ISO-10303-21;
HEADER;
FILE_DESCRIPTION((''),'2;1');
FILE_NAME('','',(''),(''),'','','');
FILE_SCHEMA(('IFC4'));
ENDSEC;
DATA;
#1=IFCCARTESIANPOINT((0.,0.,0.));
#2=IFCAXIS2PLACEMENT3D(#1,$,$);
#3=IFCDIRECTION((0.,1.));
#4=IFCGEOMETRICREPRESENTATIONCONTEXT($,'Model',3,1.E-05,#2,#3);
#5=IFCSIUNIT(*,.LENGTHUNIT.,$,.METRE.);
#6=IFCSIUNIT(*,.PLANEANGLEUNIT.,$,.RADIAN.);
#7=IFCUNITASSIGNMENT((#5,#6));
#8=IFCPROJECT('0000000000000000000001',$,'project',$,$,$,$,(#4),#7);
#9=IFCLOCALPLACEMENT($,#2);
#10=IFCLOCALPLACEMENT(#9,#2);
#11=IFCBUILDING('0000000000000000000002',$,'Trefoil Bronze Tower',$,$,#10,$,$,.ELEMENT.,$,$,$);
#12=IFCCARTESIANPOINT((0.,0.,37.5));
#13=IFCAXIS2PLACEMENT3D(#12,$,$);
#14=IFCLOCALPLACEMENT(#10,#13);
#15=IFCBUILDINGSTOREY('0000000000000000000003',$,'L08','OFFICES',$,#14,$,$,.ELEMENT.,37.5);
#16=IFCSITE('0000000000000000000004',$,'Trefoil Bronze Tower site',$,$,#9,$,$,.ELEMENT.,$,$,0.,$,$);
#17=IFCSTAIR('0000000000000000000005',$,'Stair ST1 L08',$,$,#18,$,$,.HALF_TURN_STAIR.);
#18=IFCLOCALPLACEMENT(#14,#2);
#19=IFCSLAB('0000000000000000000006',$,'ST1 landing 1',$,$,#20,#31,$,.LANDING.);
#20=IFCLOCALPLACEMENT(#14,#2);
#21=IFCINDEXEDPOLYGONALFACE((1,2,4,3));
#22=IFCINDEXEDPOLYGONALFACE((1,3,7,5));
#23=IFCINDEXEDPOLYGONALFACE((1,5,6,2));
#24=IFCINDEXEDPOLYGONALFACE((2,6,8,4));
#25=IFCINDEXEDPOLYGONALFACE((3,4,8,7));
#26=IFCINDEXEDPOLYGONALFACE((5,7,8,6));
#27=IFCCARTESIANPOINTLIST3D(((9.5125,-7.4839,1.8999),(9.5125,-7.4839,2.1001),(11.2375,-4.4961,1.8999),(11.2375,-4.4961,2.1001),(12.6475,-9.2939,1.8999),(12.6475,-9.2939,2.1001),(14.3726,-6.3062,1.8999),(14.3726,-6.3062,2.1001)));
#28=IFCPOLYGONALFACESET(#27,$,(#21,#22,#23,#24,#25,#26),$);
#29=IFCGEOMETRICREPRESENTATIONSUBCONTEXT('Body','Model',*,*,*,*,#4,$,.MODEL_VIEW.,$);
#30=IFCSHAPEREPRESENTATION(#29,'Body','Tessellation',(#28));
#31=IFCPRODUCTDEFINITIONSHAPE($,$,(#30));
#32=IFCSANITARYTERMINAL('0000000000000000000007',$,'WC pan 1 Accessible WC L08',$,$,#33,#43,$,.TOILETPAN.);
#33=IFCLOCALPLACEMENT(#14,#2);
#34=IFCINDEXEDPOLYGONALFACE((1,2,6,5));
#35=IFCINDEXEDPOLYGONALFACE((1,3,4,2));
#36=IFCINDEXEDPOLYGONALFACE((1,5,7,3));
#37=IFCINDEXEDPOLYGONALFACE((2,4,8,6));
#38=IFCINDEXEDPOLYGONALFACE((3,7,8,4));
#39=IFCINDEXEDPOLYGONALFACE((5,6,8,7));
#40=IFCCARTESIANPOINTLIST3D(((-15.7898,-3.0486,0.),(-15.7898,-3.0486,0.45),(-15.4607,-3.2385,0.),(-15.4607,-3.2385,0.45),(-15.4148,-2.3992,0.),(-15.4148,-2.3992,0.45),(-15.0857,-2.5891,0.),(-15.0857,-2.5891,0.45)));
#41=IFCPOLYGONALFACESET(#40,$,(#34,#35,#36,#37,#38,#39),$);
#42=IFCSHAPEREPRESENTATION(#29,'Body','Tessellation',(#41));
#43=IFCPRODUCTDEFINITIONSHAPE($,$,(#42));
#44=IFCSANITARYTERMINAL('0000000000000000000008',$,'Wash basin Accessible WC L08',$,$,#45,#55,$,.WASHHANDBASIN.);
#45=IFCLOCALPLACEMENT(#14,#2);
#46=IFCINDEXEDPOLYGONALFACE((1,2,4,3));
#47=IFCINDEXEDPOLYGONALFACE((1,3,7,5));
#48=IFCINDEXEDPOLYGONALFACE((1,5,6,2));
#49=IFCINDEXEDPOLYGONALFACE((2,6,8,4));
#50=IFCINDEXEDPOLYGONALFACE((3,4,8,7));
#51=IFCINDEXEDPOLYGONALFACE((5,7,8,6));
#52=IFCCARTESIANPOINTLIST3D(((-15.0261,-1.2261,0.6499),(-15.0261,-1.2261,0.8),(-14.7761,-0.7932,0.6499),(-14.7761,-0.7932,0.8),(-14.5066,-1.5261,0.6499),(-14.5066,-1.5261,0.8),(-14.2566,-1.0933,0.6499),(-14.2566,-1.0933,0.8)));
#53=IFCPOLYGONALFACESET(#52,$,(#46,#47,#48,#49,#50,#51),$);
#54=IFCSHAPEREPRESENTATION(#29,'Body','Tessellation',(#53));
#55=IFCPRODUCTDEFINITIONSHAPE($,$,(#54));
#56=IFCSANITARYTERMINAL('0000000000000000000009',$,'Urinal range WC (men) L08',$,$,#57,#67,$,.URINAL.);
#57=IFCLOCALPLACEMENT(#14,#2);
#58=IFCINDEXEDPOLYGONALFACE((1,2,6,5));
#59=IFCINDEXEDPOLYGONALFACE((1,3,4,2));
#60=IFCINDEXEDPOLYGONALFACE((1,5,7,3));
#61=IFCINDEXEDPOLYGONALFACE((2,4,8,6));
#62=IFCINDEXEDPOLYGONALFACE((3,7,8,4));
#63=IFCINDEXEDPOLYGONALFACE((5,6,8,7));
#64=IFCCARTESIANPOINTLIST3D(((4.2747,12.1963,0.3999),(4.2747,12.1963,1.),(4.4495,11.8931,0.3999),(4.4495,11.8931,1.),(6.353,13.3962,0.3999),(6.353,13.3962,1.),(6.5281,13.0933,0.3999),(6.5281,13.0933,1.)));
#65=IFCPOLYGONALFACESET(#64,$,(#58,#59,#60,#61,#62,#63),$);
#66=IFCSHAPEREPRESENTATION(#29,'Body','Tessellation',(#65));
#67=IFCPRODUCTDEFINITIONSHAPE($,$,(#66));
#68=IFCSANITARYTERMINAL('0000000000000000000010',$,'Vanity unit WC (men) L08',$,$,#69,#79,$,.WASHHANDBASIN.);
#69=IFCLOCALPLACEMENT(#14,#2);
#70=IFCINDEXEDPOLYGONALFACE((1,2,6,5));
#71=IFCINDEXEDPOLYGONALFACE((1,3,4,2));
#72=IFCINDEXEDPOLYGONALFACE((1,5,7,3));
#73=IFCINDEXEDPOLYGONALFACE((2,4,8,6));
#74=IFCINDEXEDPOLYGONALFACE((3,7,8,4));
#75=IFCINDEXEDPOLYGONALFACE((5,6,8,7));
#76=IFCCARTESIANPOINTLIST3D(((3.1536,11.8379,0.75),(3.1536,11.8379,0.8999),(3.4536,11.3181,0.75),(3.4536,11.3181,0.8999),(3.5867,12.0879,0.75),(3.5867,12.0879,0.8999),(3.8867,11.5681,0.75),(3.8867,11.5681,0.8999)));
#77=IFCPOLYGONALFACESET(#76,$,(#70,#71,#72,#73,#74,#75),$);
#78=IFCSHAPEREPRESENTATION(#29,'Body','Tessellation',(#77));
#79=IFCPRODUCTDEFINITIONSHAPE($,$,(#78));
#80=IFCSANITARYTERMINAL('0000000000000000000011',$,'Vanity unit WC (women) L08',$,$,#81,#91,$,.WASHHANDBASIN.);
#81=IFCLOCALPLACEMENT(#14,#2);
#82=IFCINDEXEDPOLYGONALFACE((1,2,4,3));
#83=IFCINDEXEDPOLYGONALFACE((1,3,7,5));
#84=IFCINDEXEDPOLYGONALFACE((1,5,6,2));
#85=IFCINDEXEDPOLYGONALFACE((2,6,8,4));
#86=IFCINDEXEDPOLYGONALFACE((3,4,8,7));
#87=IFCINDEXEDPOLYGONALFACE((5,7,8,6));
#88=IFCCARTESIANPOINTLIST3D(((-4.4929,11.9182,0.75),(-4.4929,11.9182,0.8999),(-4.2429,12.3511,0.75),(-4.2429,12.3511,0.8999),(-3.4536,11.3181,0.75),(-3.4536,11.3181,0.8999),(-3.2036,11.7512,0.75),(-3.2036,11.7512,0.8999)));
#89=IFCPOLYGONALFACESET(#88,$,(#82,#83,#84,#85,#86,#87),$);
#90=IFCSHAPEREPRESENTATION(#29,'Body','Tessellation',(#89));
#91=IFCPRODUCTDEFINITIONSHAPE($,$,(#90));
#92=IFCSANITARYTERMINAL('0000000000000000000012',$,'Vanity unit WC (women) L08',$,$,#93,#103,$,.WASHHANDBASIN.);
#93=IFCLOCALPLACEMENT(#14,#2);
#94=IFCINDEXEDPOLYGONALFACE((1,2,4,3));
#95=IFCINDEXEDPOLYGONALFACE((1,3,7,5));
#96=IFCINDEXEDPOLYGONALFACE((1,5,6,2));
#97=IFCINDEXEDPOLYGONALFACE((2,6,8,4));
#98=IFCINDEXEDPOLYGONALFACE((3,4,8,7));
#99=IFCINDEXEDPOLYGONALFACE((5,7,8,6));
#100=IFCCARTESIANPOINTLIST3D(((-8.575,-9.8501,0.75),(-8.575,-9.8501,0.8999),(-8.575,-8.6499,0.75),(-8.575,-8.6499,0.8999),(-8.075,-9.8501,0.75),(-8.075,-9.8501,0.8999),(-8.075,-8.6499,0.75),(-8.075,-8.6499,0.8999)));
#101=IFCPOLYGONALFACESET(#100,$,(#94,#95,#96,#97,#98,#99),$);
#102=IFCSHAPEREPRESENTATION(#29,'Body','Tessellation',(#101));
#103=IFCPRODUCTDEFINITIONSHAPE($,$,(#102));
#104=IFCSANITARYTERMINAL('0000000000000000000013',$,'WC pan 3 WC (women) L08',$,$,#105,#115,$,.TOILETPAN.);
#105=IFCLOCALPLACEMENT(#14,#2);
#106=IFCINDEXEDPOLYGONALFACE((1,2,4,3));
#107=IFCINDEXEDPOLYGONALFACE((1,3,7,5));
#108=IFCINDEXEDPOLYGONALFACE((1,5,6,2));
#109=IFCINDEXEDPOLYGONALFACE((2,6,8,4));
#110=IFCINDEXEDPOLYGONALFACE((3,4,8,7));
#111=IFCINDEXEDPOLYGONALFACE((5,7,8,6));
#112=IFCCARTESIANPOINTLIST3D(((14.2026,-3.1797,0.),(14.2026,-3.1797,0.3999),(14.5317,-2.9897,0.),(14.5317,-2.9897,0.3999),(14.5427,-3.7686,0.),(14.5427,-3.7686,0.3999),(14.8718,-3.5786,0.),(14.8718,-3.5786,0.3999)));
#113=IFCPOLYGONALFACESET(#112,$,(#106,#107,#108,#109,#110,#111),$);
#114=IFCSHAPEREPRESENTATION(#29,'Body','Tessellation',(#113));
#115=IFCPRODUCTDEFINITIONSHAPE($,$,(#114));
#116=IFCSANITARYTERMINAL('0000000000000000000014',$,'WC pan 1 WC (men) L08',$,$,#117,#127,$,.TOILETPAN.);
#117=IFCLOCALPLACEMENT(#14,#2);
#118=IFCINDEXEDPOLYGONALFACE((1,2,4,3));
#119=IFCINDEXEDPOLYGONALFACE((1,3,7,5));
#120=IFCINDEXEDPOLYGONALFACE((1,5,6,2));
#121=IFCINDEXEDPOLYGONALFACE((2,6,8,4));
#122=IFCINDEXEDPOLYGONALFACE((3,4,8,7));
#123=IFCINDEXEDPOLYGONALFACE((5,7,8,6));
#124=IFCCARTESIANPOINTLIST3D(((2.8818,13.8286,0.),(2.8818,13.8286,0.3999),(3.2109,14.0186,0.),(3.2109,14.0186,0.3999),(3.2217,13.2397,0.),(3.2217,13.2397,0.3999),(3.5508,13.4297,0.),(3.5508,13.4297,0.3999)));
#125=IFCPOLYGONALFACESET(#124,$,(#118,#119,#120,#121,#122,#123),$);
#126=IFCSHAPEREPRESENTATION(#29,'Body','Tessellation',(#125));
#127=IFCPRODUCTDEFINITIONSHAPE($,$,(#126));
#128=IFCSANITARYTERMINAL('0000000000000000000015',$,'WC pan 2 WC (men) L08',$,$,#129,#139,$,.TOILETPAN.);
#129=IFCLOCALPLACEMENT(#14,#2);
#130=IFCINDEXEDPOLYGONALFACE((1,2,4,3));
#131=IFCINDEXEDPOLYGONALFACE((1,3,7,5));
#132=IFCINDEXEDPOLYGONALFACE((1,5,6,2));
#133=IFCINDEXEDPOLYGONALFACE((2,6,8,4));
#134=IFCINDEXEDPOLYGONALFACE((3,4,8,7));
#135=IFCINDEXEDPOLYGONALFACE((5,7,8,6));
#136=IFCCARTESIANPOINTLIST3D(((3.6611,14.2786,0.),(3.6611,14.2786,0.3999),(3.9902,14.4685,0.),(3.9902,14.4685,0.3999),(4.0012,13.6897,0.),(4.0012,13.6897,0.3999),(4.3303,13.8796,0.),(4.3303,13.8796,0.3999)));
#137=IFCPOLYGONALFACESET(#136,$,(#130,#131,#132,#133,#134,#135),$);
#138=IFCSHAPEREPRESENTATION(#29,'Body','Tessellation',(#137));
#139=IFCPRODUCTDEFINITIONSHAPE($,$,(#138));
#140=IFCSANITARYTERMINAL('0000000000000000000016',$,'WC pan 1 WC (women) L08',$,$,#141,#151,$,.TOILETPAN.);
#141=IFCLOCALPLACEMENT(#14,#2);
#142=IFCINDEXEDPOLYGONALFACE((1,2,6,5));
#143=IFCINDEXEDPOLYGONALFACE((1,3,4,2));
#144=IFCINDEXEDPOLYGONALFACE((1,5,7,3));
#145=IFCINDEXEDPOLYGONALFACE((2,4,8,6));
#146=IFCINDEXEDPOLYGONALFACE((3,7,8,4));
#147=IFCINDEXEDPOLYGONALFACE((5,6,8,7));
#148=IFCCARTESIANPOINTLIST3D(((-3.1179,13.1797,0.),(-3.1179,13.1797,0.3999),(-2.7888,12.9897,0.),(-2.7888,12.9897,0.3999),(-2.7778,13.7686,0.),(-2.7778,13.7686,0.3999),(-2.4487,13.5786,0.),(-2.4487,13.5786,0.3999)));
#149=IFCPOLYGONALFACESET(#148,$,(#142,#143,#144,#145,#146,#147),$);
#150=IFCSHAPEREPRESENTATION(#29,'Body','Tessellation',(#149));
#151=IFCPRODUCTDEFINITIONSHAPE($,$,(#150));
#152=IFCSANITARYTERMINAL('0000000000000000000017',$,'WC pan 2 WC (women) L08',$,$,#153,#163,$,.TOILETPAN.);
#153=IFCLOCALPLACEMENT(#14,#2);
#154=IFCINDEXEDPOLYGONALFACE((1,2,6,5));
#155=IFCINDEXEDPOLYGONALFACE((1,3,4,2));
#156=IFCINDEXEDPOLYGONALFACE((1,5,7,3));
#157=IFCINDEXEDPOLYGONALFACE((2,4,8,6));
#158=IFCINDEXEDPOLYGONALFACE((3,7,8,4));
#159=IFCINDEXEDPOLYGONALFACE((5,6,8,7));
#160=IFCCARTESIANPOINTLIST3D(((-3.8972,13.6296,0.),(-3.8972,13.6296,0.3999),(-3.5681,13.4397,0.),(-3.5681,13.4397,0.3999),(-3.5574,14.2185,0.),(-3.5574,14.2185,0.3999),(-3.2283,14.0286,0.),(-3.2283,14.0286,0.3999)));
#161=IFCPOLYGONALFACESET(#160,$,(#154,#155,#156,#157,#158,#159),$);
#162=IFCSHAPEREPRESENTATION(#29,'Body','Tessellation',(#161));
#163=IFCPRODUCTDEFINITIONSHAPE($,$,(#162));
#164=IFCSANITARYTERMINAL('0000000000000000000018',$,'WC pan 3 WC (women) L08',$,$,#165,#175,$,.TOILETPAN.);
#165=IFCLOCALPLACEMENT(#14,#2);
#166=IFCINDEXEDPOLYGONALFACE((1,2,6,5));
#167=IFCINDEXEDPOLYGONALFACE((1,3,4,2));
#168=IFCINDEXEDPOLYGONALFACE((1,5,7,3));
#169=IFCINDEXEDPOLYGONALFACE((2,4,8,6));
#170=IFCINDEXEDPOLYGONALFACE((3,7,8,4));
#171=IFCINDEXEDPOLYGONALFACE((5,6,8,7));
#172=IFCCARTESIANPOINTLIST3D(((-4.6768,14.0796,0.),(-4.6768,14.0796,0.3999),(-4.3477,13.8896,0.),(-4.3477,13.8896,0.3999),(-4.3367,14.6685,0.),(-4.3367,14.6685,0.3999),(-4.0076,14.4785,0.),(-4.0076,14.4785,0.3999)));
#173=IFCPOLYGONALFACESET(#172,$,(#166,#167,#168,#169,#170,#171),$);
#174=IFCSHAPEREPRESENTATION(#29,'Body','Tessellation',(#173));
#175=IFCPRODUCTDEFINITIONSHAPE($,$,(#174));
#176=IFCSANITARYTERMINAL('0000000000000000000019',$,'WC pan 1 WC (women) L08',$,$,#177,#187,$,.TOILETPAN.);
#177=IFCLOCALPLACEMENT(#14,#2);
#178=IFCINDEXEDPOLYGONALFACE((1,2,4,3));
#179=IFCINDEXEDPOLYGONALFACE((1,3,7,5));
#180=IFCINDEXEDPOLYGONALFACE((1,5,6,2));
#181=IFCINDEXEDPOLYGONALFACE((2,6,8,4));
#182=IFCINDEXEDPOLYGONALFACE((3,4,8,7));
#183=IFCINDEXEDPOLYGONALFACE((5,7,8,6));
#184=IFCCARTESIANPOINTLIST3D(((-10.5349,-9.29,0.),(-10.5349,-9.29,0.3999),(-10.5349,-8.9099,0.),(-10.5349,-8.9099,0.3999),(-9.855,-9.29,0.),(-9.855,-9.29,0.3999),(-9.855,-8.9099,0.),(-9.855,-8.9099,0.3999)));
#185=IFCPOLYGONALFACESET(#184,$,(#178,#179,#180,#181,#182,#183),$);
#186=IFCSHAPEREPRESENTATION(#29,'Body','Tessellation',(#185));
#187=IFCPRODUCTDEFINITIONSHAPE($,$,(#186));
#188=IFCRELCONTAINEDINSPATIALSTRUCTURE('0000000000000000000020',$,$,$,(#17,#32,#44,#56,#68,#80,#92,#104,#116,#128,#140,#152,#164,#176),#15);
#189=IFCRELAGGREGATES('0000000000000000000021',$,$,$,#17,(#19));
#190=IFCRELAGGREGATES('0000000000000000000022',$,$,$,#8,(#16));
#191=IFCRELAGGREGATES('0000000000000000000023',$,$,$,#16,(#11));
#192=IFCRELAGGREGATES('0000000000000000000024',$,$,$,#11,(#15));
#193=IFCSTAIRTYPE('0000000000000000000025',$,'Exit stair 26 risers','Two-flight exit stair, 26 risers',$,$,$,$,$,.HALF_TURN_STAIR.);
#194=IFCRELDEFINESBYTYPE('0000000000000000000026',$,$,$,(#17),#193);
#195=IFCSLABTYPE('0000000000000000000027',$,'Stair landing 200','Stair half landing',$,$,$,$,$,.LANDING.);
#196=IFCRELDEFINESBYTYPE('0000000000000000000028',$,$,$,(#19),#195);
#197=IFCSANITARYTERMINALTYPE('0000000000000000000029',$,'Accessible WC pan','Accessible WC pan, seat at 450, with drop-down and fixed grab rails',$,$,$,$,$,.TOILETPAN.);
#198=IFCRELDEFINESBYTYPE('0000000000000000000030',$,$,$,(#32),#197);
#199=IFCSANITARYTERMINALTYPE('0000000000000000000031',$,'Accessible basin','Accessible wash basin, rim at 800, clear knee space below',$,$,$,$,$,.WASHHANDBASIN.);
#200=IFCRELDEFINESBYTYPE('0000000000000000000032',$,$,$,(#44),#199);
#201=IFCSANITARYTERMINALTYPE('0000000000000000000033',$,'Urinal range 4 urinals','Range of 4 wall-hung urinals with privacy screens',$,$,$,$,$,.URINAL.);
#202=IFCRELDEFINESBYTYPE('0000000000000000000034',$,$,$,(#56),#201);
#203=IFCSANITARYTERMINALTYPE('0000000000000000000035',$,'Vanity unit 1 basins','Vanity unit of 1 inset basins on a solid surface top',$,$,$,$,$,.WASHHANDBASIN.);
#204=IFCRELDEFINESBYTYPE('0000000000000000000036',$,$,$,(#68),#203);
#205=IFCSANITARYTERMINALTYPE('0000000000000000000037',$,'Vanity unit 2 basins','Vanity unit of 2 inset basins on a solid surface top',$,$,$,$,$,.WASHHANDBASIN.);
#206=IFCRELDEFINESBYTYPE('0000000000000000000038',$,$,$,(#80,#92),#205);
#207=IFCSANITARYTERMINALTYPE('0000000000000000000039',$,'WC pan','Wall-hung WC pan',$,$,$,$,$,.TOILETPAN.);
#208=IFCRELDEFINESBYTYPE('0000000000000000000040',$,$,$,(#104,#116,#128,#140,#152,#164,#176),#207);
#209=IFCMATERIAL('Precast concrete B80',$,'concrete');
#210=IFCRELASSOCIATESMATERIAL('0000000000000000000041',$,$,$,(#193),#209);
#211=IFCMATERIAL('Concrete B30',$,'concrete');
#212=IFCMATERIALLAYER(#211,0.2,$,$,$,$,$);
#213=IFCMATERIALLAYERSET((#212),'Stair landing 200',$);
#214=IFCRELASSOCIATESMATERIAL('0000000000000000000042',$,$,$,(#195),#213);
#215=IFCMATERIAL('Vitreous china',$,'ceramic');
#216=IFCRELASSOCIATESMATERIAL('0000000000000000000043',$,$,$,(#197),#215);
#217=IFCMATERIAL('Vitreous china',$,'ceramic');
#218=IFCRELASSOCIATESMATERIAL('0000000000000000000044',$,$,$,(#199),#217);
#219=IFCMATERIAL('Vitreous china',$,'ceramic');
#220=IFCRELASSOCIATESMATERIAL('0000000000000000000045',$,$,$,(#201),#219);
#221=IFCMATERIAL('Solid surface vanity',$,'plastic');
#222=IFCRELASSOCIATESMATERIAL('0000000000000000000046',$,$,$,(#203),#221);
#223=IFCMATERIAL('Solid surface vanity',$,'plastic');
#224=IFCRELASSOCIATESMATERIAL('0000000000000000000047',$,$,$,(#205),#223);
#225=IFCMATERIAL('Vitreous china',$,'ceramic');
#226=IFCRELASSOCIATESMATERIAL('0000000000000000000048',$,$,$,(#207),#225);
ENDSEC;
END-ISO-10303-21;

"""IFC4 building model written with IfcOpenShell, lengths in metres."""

from ifc_helpers import new_model, si_unit, direction, frame, origin, place, context, subcontext, project, spatial, polyline, outline, extrude, material, layer, layer_set, type_object, element, aggregate, save


model = new_model("IFC4")

# Units and contexts
model_context = context("Model", 3, precision=1e-05, world=origin(), true_north=direction((0.0, 1.0)))
body_context = subcontext(model_context, "Body", "Model", "MODEL_VIEW")
ifc_project = project(units=[si_unit("LENGTHUNIT", "METRE"), si_unit("PLANEANGLEUNIT", "RADIAN")], contexts=[model_context])

# Site, building, storey
site_placement = place(None, origin())
site = spatial("IfcSite", under=ifc_project, at=site_placement, Name="Trefoil Bronze Tower site", CompositionType="ELEMENT", RefElevation=0.0)
building_placement = place(site_placement, origin())
building = spatial("IfcBuilding", under=site, at=building_placement, Name="Trefoil Bronze Tower", CompositionType="ELEMENT")
storey_placement = place(building_placement, frame((0.0, 0.0, 37.5)))
storey = spatial("IfcBuildingStorey", under=building, at=storey_placement, Name="L08", Description="OFFICES", CompositionType="ELEMENT", Elevation=37.5)

# Stair, slab
ifc_material_1 = material(Name="Precast concrete B80", Category="concrete")
stair_type = type_object("IfcStairType", Name="Exit stair 26 risers", Description="Two-flight exit stair, 26 risers", PredefinedType="HALF_TURN_STAIR", material=ifc_material_1)
stair_placement = place(storey_placement, origin())
stair = element("IfcStair", 1, at=stair_placement, inside=storey, type_object=stair_type, Name="Stair ST1 L08", PredefinedType="HALF_TURN_STAIR")
ifc_material_2 = material(Name="Concrete B30", Category="concrete")
ifc_layer = layer(ifc_material_2, 0.2)
ifc_layer_set = layer_set([ifc_layer], Name="Stair landing 200")
slab_type = type_object("IfcSlabType", Name="Stair landing 200", Description="Stair half landing", PredefinedType="LANDING", material=ifc_layer_set)
slab_placement = place(storey_placement, frame((0.0, 0.0, 1.8999)))
slab = element("IfcSlab", 2, at=slab_placement, type_object=slab_type, Name="ST1 landing 1", PredefinedType="LANDING", context=body_context, shape_type="SweptSolid", body=[
    extrude(outline(polyline([(9.5125, -7.4839), (12.6475, -9.2939), (14.3726, -6.3062), (11.2375, -4.4961), (9.5125, -7.4839)])), origin(), (0.0, 0.0, 1.0), 0.2002),
])
aggregate(stair, [slab])

# Sanitary terminals
ifc_material_3 = material(Name="Vitreous china", Category="ceramic")
sanitary_terminal_type_1 = type_object("IfcSanitaryTerminalType", Name="Accessible WC pan", Description="Accessible WC pan, seat at 450, with drop-down and fixed grab rails", PredefinedType="TOILETPAN", material=ifc_material_3)
sanitary_terminal_1_placement = place(storey_placement, origin())
element("IfcSanitaryTerminal", 3, at=sanitary_terminal_1_placement, inside=storey, type_object=sanitary_terminal_type_1, Name="WC pan 1 Accessible WC L08", PredefinedType="TOILETPAN", context=body_context, shape_type="SweptSolid", body=[
    extrude(outline(polyline([(-15.0857, -2.5891), (-15.4607, -3.2385), (-15.7898, -3.0486), (-15.4148, -2.3992), (-15.0857, -2.5891)])), origin(), (0.0, 0.0, 1.0), 0.45),
])
ifc_material_4 = material(Name="Vitreous china", Category="ceramic")
sanitary_terminal_type_2 = type_object("IfcSanitaryTerminalType", Name="Accessible basin", Description="Accessible wash basin, rim at 800, clear knee space below", PredefinedType="WASHHANDBASIN", material=ifc_material_4)
sanitary_terminal_2_placement = place(storey_placement, frame((0.0, 0.0, 0.6499)))
element("IfcSanitaryTerminal", 4, at=sanitary_terminal_2_placement, inside=storey, type_object=sanitary_terminal_type_2, Name="Wash basin Accessible WC L08", PredefinedType="WASHHANDBASIN", context=body_context, shape_type="SweptSolid", body=[
    extrude(outline(polyline([(-14.2566, -1.0933), (-14.5066, -1.5261), (-15.0261, -1.2261), (-14.7761, -0.7932), (-14.2566, -1.0933)])), origin(), (0.0, 0.0, 1.0), 0.1501),
])
ifc_material_5 = material(Name="Vitreous china", Category="ceramic")
sanitary_terminal_type_3 = type_object("IfcSanitaryTerminalType", Name="Urinal range 4 urinals", Description="Range of 4 wall-hung urinals with privacy screens", PredefinedType="URINAL", material=ifc_material_5)
sanitary_terminal_3_placement = place(storey_placement, frame((0.0, 0.0, 0.3999)))
element("IfcSanitaryTerminal", 5, at=sanitary_terminal_3_placement, inside=storey, type_object=sanitary_terminal_type_3, Name="Urinal range WC (men) L08", PredefinedType="URINAL", context=body_context, shape_type="SweptSolid", body=[
    extrude(outline(polyline([(4.4495, 11.8931), (4.2747, 12.1963), (6.353, 13.3962), (6.5281, 13.0933), (4.4495, 11.8931)])), origin(), (0.0, 0.0, 1.0), 0.6001),
])
ifc_material_6 = material(Name="Solid surface vanity", Category="plastic")
sanitary_terminal_type_4 = type_object("IfcSanitaryTerminalType", Name="Vanity unit 1 basins", Description="Vanity unit of 1 inset basins on a solid surface top", PredefinedType="WASHHANDBASIN", material=ifc_material_6)
sanitary_terminal_4_placement = place(storey_placement, frame((0.0, 0.0, 0.75)))
element("IfcSanitaryTerminal", 6, at=sanitary_terminal_4_placement, inside=storey, type_object=sanitary_terminal_type_4, Name="Vanity unit WC (men) L08", PredefinedType="WASHHANDBASIN", context=body_context, shape_type="SweptSolid", body=[
    extrude(outline(polyline([(3.4536, 11.3181), (3.1536, 11.8379), (3.5867, 12.0879), (3.8867, 11.5681), (3.4536, 11.3181)])), origin(), (0.0, 0.0, 1.0), 0.1499),
])
ifc_material_7 = material(Name="Solid surface vanity", Category="plastic")
sanitary_terminal_type_5 = type_object("IfcSanitaryTerminalType", Name="Vanity unit 2 basins", Description="Vanity unit of 2 inset basins on a solid surface top", PredefinedType="WASHHANDBASIN", material=ifc_material_7)
sanitary_terminal_5_placement = place(storey_placement, frame((0.0, 0.0, 0.75)))
element("IfcSanitaryTerminal", 7, at=sanitary_terminal_5_placement, inside=storey, type_object=sanitary_terminal_type_5, Name="Vanity unit WC (women) L08", PredefinedType="WASHHANDBASIN", context=body_context, shape_type="SweptSolid", body=[
    extrude(outline(polyline([(-3.4536, 11.3181), (-3.2036, 11.7512), (-4.2429, 12.3511), (-4.4929, 11.9182), (-3.4536, 11.3181)])), origin(), (0.0, 0.0, 1.0), 0.1499),
])
sanitary_terminal_6_placement = place(storey_placement, frame((0.0, 0.0, 0.75)))
element("IfcSanitaryTerminal", 8, at=sanitary_terminal_6_placement, inside=storey, type_object=sanitary_terminal_type_5, Name="Vanity unit WC (women) L08", PredefinedType="WASHHANDBASIN", context=body_context, shape_type="SweptSolid", body=[
    extrude(outline(polyline([(-8.075, -8.6499), (-8.575, -8.6499), (-8.575, -9.8501), (-8.075, -9.8501), (-8.075, -8.6499)])), origin(), (0.0, 0.0, 1.0), 0.1499),
])
ifc_material_8 = material(Name="Vitreous china", Category="ceramic")
sanitary_terminal_type_6 = type_object("IfcSanitaryTerminalType", Name="WC pan", Description="Wall-hung WC pan", PredefinedType="TOILETPAN", material=ifc_material_8)
sanitary_terminal_7_placement = place(storey_placement, origin())
element("IfcSanitaryTerminal", 9, at=sanitary_terminal_7_placement, inside=storey, type_object=sanitary_terminal_type_6, Name="WC pan 3 WC (women) L08", PredefinedType="TOILETPAN", context=body_context, shape_type="SweptSolid", body=[
    extrude(outline(polyline([(14.2026, -3.1797), (14.5427, -3.7686), (14.8718, -3.5786), (14.5317, -2.9897), (14.2026, -3.1797)])), origin(), (0.0, 0.0, 1.0), 0.3999),
])
sanitary_terminal_8_placement = place(storey_placement, origin())
element("IfcSanitaryTerminal", 10, at=sanitary_terminal_8_placement, inside=storey, type_object=sanitary_terminal_type_6, Name="WC pan 1 WC (men) L08", PredefinedType="TOILETPAN", context=body_context, shape_type="SweptSolid", body=[
    extrude(outline(polyline([(3.2217, 13.2397), (2.8818, 13.8286), (3.2109, 14.0186), (3.5508, 13.4297), (3.2217, 13.2397)])), origin(), (0.0, 0.0, 1.0), 0.3999),
])
sanitary_terminal_9_placement = place(storey_placement, origin())
element("IfcSanitaryTerminal", 11, at=sanitary_terminal_9_placement, inside=storey, type_object=sanitary_terminal_type_6, Name="WC pan 2 WC (men) L08", PredefinedType="TOILETPAN", context=body_context, shape_type="SweptSolid", body=[
    extrude(outline(polyline([(4.0012, 13.6897), (3.6611, 14.2786), (3.9902, 14.4685), (4.3303, 13.8796), (4.0012, 13.6897)])), origin(), (0.0, 0.0, 1.0), 0.3999),
])
sanitary_terminal_10_placement = place(storey_placement, origin())
element("IfcSanitaryTerminal", 12, at=sanitary_terminal_10_placement, inside=storey, type_object=sanitary_terminal_type_6, Name="WC pan 1 WC (women) L08", PredefinedType="TOILETPAN", context=body_context, shape_type="SweptSolid", body=[
    extrude(outline(polyline([(-2.7888, 12.9897), (-2.4487, 13.5786), (-2.7778, 13.7686), (-3.1179, 13.1797), (-2.7888, 12.9897)])), origin(), (0.0, 0.0, 1.0), 0.3999),
])
sanitary_terminal_11_placement = place(storey_placement, origin())
element("IfcSanitaryTerminal", 13, at=sanitary_terminal_11_placement, inside=storey, type_object=sanitary_terminal_type_6, Name="WC pan 2 WC (women) L08", PredefinedType="TOILETPAN", context=body_context, shape_type="SweptSolid", body=[
    extrude(outline(polyline([(-3.5681, 13.4397), (-3.2283, 14.0286), (-3.5574, 14.2185), (-3.8972, 13.6296), (-3.5681, 13.4397)])), origin(), (0.0, 0.0, 1.0), 0.3999),
])
sanitary_terminal_12_placement = place(storey_placement, origin())
element("IfcSanitaryTerminal", 14, at=sanitary_terminal_12_placement, inside=storey, type_object=sanitary_terminal_type_6, Name="WC pan 3 WC (women) L08", PredefinedType="TOILETPAN", context=body_context, shape_type="SweptSolid", body=[
    extrude(outline(polyline([(-4.3477, 13.8896), (-4.0076, 14.4785), (-4.3367, 14.6685), (-4.6768, 14.0796), (-4.3477, 13.8896)])), origin(), (0.0, 0.0, 1.0), 0.3999),
])
sanitary_terminal_13_placement = place(storey_placement, origin())
element("IfcSanitaryTerminal", 15, at=sanitary_terminal_13_placement, inside=storey, type_object=sanitary_terminal_type_6, Name="WC pan 1 WC (women) L08", PredefinedType="TOILETPAN", context=body_context, shape_type="SweptSolid", body=[
    extrude(outline(polyline([(-9.855, -8.9099), (-10.5349, -8.9099), (-10.5349, -9.29), (-9.855, -9.29), (-9.855, -8.9099)])), origin(), (0.0, 0.0, 1.0), 0.3999),
])

save(model, "model.ifc")
